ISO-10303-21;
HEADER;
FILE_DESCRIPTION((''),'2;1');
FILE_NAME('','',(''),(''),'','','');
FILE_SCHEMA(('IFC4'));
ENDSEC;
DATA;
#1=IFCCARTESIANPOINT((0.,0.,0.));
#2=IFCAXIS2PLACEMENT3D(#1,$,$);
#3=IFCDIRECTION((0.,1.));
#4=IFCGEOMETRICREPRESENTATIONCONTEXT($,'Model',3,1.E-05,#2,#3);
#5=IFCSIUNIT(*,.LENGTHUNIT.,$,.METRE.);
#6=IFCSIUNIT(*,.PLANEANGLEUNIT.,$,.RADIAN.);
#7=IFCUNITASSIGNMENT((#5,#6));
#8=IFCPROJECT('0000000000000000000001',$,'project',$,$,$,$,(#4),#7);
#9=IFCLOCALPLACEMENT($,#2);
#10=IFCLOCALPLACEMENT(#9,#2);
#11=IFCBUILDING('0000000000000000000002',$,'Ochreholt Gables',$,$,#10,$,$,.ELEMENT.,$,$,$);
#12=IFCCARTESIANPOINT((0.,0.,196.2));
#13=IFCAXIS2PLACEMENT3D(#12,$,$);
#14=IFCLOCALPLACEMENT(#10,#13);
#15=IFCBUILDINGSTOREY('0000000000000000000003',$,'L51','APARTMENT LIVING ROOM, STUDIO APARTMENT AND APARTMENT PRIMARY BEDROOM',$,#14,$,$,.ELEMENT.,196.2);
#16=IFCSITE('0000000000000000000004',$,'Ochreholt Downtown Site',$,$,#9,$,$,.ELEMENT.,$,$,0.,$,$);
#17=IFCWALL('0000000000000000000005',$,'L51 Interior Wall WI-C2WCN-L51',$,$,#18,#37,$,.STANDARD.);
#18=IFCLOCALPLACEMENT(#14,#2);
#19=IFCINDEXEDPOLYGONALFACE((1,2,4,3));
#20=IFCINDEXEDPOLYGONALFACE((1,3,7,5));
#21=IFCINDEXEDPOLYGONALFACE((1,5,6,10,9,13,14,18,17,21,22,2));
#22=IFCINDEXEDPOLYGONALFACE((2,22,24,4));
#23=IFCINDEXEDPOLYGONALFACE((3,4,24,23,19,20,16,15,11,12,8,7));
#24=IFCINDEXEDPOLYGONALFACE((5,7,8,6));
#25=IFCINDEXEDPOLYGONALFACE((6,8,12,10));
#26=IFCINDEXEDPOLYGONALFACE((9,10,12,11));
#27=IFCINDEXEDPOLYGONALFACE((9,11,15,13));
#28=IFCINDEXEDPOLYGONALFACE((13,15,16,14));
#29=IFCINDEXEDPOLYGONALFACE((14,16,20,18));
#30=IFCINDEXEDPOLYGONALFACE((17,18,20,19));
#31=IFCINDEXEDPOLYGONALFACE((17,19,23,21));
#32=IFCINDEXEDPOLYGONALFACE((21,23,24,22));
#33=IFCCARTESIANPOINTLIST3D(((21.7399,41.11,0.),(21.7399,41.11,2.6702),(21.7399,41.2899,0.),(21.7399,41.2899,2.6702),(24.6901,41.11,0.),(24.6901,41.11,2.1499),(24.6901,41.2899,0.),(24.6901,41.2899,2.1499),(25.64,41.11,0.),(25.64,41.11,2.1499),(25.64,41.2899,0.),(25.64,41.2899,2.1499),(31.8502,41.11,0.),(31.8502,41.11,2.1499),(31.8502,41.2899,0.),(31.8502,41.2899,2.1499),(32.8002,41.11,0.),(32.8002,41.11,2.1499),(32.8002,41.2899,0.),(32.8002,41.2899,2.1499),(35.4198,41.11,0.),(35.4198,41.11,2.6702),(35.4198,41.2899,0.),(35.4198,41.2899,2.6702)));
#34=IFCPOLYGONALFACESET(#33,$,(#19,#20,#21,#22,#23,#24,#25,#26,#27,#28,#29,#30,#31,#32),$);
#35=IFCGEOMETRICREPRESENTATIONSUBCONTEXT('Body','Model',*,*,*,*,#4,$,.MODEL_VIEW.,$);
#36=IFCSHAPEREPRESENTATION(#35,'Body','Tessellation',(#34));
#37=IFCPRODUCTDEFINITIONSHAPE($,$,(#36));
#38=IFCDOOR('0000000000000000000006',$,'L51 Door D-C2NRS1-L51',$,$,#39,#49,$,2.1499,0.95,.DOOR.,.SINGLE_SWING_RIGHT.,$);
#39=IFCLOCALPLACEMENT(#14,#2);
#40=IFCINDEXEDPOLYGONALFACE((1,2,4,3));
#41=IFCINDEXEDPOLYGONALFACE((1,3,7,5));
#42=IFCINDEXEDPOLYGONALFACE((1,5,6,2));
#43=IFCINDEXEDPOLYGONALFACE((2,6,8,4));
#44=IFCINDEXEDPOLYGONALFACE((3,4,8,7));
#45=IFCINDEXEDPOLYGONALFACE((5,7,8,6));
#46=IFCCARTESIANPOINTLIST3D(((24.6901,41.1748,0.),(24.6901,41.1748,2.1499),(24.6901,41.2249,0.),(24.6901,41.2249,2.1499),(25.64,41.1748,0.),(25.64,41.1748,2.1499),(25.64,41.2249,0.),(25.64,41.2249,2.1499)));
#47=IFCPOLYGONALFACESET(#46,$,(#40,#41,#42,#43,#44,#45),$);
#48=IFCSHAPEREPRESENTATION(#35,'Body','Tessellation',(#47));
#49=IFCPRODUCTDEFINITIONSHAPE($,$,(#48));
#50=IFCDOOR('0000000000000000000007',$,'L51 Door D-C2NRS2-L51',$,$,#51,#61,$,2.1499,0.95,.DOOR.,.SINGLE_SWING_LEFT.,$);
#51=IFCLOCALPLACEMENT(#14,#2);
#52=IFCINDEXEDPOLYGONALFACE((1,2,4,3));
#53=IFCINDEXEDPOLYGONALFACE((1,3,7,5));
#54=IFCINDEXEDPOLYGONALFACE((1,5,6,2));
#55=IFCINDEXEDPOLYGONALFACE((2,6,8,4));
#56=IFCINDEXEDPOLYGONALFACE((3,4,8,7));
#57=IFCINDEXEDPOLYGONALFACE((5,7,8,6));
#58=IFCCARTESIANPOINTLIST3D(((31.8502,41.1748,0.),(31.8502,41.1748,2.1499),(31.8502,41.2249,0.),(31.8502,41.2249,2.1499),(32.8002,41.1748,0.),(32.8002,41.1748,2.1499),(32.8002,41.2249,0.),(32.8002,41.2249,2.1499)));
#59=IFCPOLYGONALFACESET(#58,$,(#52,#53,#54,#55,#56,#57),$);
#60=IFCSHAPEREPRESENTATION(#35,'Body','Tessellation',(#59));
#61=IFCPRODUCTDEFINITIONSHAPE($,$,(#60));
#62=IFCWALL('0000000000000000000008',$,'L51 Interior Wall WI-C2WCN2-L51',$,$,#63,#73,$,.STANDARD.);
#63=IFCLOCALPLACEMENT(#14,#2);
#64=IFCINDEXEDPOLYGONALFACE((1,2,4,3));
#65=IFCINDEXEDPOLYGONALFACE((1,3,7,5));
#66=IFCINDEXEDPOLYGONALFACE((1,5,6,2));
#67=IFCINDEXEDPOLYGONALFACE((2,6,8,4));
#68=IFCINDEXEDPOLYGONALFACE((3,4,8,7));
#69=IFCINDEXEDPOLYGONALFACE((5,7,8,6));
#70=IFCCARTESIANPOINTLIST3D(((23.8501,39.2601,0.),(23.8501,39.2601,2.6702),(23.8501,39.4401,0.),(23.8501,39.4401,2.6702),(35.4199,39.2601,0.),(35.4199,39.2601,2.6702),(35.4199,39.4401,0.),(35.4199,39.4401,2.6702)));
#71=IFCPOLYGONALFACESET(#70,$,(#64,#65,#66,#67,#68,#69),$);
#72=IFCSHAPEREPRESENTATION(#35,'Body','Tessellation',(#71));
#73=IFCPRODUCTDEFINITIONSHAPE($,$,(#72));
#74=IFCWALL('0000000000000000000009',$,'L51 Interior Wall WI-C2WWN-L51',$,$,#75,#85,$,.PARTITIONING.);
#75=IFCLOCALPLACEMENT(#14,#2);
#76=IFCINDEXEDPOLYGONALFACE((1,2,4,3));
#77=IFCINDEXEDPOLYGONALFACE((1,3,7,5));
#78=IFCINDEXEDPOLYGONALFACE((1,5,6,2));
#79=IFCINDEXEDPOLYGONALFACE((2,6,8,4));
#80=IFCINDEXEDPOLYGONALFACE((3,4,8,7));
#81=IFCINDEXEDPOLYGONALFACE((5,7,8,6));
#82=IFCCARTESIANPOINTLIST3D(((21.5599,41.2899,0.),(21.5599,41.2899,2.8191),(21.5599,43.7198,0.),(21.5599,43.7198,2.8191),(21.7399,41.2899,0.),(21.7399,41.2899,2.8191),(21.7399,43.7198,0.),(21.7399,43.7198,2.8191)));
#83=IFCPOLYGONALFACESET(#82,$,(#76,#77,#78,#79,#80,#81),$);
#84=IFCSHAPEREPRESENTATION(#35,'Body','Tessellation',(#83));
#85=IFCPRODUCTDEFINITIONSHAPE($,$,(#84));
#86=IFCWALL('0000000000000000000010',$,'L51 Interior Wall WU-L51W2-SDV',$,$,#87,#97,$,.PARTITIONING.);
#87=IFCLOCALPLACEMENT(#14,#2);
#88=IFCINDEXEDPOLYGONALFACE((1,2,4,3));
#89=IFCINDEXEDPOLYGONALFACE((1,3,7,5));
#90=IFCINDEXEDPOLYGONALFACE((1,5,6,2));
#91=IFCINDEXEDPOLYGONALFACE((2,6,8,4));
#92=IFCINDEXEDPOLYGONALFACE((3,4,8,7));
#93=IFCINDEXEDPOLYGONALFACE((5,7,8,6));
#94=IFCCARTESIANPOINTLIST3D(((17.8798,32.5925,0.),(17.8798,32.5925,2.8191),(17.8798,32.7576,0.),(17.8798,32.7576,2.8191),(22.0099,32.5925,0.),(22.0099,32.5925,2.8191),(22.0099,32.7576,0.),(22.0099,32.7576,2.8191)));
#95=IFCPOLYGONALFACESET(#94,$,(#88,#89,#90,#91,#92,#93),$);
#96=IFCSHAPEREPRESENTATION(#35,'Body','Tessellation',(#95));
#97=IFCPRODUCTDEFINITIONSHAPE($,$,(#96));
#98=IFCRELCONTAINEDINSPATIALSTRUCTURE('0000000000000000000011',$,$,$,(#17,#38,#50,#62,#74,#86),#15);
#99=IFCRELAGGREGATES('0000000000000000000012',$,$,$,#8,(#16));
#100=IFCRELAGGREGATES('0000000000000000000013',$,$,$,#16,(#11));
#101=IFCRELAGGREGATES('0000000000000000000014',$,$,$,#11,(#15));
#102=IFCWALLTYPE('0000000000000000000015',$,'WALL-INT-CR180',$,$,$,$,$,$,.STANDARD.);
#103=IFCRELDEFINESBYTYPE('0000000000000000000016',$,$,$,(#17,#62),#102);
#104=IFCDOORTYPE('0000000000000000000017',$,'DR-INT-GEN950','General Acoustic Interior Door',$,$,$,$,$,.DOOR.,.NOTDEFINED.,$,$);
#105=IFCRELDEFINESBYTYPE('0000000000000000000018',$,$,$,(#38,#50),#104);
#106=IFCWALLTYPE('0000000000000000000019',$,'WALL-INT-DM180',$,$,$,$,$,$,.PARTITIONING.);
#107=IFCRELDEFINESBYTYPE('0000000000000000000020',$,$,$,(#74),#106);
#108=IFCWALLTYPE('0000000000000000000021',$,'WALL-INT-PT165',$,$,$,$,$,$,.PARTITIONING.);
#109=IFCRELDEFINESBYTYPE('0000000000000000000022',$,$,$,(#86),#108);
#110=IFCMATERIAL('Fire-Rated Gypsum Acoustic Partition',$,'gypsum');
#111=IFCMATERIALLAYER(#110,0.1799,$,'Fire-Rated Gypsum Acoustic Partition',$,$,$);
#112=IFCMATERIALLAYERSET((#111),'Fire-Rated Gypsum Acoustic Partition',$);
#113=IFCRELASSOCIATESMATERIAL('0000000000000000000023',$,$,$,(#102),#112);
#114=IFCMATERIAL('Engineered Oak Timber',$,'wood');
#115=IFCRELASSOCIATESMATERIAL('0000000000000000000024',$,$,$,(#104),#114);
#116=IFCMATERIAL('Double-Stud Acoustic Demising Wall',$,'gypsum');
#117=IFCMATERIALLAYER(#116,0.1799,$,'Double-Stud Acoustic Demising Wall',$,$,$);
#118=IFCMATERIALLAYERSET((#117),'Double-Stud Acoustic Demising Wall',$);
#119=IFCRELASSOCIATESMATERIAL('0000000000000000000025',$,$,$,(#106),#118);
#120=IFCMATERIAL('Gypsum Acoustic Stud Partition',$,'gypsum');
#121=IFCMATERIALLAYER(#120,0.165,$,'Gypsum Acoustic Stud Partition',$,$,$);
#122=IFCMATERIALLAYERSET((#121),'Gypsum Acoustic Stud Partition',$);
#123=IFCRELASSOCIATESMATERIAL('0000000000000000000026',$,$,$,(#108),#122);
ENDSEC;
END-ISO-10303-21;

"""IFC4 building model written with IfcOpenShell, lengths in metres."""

from ifc_helpers import new_model, si_unit, direction, frame, frame_2d, origin, place, context, subcontext, project, spatial, rectangle, extrude, material, layer, layer_set, type_object, element, fill, save


model = new_model("IFC4")

# Units and contexts
model_context = context("Model", 3, precision=1e-05, world=origin(), true_north=direction((0.0, 1.0)))
body_context = subcontext(model_context, "Body", "Model", "MODEL_VIEW")
ifc_project = project(units=[si_unit("LENGTHUNIT", "METRE"), si_unit("PLANEANGLEUNIT", "RADIAN")], contexts=[model_context])

# Site, building, storey
site_placement = place(None, origin())
site = spatial("IfcSite", under=ifc_project, at=site_placement, Name="Ochreholt Downtown Site", CompositionType="ELEMENT", RefElevation=0.0)
building_placement = place(site_placement, origin())
building = spatial("IfcBuilding", under=site, at=building_placement, Name="Ochreholt Gables", CompositionType="ELEMENT")
storey_placement = place(building_placement, frame((0.0, 0.0, 196.2)))
storey = spatial("IfcBuildingStorey", under=building, at=storey_placement, Name="L51", Description="APARTMENT LIVING ROOM, STUDIO APARTMENT AND APARTMENT PRIMARY BEDROOM", CompositionType="ELEMENT", Elevation=196.2)

# Wall, openings, doors
ifc_material_1 = material(Name="Fire-Rated Gypsum Acoustic Partition", Category="gypsum")
ifc_layer_1 = layer(ifc_material_1, 0.1799, Name="Fire-Rated Gypsum Acoustic Partition")
ifc_layer_set_1 = layer_set([ifc_layer_1], Name="Fire-Rated Gypsum Acoustic Partition")
wall_type_1 = type_object("IfcWallType", Name="WALL-INT-CR180", PredefinedType="STANDARD", material=ifc_layer_set_1)
wall_1_placement = place(storey_placement, frame((21.74, 41.2, 0.0), z_axis=(0.0, 0.0, 1.0), x_axis=(1.0, 0.0, 0.0)))
wall_1 = element("IfcWall", 1, at=wall_1_placement, inside=storey, type_object=wall_type_1, Name="L51 Interior Wall WI-C2WCN-L51", PredefinedType="STANDARD", context=body_context, shape_type="SweptSolid", body=[
    extrude(rectangle(XDim=13.6799, YDim=0.1799, at=frame_2d((6.8398, 0.0))), origin(), (0.0, 0.0, 1.0), 2.6702),
])
opening_1_placement = place(wall_1_placement, frame((2.95, 0.0, 0.0)))
opening_1 = element("IfcOpeningElement", 2, at=opening_1_placement, cuts=wall_1, PredefinedType="OPENING", context=body_context, shape_type="SweptSolid", body=[
    extrude(rectangle(XDim=0.95, YDim=2.1499, at=frame_2d((0.4751, 1.075))), frame((0.0, 0.0999, 0.0), z_axis=(0.0, -1.0, 0.0), x_axis=(1.0, 0.0, 0.0)), (0.0, 0.0, 1.0), 0.2),
])
opening_2_placement = place(wall_1_placement, frame((10.1101, 0.0, 0.0)))
opening_2 = element("IfcOpeningElement", 3, at=opening_2_placement, cuts=wall_1, PredefinedType="OPENING", context=body_context, shape_type="SweptSolid", body=[
    extrude(rectangle(XDim=0.95, YDim=2.1499, at=frame_2d((0.4751, 1.075))), frame((0.0, 0.0999, 0.0), z_axis=(0.0, -1.0, 0.0), x_axis=(1.0, 0.0, 0.0)), (0.0, 0.0, 1.0), 0.2),
])
ifc_material_2 = material(Name="Engineered Oak Timber", Category="wood")
door_type = type_object("IfcDoorType", Name="DR-INT-GEN950", Description="General Acoustic Interior Door", OperationType="NOTDEFINED", PredefinedType="DOOR", material=ifc_material_2)
door_1_placement = place(opening_1_placement, origin())
door_1 = element("IfcDoor", 4, at=door_1_placement, inside=storey, type_object=door_type, Name="L51 Door D-C2NRS1-L51", OperationType="SINGLE_SWING_RIGHT", OverallHeight=2.1499, OverallWidth=0.95, PredefinedType="DOOR", context=body_context, shape_type="SweptSolid", body=[
    extrude(rectangle(XDim=0.95, YDim=2.1499, at=frame_2d((0.4751, 1.075))), frame((0.0, 0.0249, 0.0), z_axis=(0.0, -1.0, 0.0), x_axis=(1.0, 0.0, 0.0)), (0.0, 0.0, 1.0), 0.05),
])
fill(opening_1, door_1)
door_2_placement = place(opening_2_placement, origin())
door_2 = element("IfcDoor", 5, at=door_2_placement, inside=storey, type_object=door_type, Name="L51 Door D-C2NRS2-L51", OperationType="SINGLE_SWING_LEFT", OverallHeight=2.1499, OverallWidth=0.95, PredefinedType="DOOR", context=body_context, shape_type="SweptSolid", body=[
    extrude(rectangle(XDim=0.95, YDim=2.1499, at=frame_2d((0.4751, 1.075))), frame((0.0, 0.0249, 0.0), z_axis=(0.0, -1.0, 0.0), x_axis=(1.0, 0.0, 0.0)), (0.0, 0.0, 1.0), 0.05),
])
fill(opening_2, door_2)

# Walls
wall_2_placement = place(storey_placement, frame((23.8501, 39.3501, 0.0), z_axis=(0.0, 0.0, 1.0), x_axis=(1.0, 0.0, 0.0)))
element("IfcWall", 6, at=wall_2_placement, inside=storey, type_object=wall_type_1, Name="L51 Interior Wall WI-C2WCN2-L51", PredefinedType="STANDARD", context=body_context, shape_type="SweptSolid", body=[
    extrude(rectangle(XDim=11.5698, YDim=0.1799, at=frame_2d((5.7849, 0.0))), origin(), (0.0, 0.0, 1.0), 2.6702),
])
ifc_material_3 = material(Name="Double-Stud Acoustic Demising Wall", Category="gypsum")
ifc_layer_2 = layer(ifc_material_3, 0.1799, Name="Double-Stud Acoustic Demising Wall")
ifc_layer_set_2 = layer_set([ifc_layer_2], Name="Double-Stud Acoustic Demising Wall")
wall_type_2 = type_object("IfcWallType", Name="WALL-INT-DM180", PredefinedType="PARTITIONING", material=ifc_layer_set_2)
wall_3_placement = place(storey_placement, frame((21.6499, 41.29, 0.0), z_axis=(0.0, 0.0, 1.0), x_axis=(0.0, 1.0, 0.0)))
element("IfcWall", 7, at=wall_3_placement, inside=storey, type_object=wall_type_2, Name="L51 Interior Wall WI-C2WWN-L51", PredefinedType="PARTITIONING", context=body_context, shape_type="SweptSolid", body=[
    extrude(rectangle(XDim=2.4299, YDim=0.1799, at=frame_2d((1.2148, 0.0))), origin(), (0.0, 0.0, 1.0), 2.8191),
])
ifc_material_4 = material(Name="Gypsum Acoustic Stud Partition", Category="gypsum")
ifc_layer_3 = layer(ifc_material_4, 0.165, Name="Gypsum Acoustic Stud Partition")
ifc_layer_set_3 = layer_set([ifc_layer_3], Name="Gypsum Acoustic Stud Partition")
wall_type_3 = type_object("IfcWallType", Name="WALL-INT-PT165", PredefinedType="PARTITIONING", material=ifc_layer_set_3)
wall_4_placement = place(storey_placement, frame((17.8799, 32.675, 0.0), z_axis=(0.0, 0.0, 1.0), x_axis=(1.0, 0.0, 0.0)))
element("IfcWall", 8, at=wall_4_placement, inside=storey, type_object=wall_type_3, Name="L51 Interior Wall WU-L51W2-SDV", PredefinedType="PARTITIONING", context=body_context, shape_type="SweptSolid", body=[
    extrude(rectangle(XDim=4.1301, YDim=0.165, at=frame_2d((2.0649, 0.0))), origin(), (0.0, 0.0, 1.0), 2.8191),
])

save(model, "model.ifc")
